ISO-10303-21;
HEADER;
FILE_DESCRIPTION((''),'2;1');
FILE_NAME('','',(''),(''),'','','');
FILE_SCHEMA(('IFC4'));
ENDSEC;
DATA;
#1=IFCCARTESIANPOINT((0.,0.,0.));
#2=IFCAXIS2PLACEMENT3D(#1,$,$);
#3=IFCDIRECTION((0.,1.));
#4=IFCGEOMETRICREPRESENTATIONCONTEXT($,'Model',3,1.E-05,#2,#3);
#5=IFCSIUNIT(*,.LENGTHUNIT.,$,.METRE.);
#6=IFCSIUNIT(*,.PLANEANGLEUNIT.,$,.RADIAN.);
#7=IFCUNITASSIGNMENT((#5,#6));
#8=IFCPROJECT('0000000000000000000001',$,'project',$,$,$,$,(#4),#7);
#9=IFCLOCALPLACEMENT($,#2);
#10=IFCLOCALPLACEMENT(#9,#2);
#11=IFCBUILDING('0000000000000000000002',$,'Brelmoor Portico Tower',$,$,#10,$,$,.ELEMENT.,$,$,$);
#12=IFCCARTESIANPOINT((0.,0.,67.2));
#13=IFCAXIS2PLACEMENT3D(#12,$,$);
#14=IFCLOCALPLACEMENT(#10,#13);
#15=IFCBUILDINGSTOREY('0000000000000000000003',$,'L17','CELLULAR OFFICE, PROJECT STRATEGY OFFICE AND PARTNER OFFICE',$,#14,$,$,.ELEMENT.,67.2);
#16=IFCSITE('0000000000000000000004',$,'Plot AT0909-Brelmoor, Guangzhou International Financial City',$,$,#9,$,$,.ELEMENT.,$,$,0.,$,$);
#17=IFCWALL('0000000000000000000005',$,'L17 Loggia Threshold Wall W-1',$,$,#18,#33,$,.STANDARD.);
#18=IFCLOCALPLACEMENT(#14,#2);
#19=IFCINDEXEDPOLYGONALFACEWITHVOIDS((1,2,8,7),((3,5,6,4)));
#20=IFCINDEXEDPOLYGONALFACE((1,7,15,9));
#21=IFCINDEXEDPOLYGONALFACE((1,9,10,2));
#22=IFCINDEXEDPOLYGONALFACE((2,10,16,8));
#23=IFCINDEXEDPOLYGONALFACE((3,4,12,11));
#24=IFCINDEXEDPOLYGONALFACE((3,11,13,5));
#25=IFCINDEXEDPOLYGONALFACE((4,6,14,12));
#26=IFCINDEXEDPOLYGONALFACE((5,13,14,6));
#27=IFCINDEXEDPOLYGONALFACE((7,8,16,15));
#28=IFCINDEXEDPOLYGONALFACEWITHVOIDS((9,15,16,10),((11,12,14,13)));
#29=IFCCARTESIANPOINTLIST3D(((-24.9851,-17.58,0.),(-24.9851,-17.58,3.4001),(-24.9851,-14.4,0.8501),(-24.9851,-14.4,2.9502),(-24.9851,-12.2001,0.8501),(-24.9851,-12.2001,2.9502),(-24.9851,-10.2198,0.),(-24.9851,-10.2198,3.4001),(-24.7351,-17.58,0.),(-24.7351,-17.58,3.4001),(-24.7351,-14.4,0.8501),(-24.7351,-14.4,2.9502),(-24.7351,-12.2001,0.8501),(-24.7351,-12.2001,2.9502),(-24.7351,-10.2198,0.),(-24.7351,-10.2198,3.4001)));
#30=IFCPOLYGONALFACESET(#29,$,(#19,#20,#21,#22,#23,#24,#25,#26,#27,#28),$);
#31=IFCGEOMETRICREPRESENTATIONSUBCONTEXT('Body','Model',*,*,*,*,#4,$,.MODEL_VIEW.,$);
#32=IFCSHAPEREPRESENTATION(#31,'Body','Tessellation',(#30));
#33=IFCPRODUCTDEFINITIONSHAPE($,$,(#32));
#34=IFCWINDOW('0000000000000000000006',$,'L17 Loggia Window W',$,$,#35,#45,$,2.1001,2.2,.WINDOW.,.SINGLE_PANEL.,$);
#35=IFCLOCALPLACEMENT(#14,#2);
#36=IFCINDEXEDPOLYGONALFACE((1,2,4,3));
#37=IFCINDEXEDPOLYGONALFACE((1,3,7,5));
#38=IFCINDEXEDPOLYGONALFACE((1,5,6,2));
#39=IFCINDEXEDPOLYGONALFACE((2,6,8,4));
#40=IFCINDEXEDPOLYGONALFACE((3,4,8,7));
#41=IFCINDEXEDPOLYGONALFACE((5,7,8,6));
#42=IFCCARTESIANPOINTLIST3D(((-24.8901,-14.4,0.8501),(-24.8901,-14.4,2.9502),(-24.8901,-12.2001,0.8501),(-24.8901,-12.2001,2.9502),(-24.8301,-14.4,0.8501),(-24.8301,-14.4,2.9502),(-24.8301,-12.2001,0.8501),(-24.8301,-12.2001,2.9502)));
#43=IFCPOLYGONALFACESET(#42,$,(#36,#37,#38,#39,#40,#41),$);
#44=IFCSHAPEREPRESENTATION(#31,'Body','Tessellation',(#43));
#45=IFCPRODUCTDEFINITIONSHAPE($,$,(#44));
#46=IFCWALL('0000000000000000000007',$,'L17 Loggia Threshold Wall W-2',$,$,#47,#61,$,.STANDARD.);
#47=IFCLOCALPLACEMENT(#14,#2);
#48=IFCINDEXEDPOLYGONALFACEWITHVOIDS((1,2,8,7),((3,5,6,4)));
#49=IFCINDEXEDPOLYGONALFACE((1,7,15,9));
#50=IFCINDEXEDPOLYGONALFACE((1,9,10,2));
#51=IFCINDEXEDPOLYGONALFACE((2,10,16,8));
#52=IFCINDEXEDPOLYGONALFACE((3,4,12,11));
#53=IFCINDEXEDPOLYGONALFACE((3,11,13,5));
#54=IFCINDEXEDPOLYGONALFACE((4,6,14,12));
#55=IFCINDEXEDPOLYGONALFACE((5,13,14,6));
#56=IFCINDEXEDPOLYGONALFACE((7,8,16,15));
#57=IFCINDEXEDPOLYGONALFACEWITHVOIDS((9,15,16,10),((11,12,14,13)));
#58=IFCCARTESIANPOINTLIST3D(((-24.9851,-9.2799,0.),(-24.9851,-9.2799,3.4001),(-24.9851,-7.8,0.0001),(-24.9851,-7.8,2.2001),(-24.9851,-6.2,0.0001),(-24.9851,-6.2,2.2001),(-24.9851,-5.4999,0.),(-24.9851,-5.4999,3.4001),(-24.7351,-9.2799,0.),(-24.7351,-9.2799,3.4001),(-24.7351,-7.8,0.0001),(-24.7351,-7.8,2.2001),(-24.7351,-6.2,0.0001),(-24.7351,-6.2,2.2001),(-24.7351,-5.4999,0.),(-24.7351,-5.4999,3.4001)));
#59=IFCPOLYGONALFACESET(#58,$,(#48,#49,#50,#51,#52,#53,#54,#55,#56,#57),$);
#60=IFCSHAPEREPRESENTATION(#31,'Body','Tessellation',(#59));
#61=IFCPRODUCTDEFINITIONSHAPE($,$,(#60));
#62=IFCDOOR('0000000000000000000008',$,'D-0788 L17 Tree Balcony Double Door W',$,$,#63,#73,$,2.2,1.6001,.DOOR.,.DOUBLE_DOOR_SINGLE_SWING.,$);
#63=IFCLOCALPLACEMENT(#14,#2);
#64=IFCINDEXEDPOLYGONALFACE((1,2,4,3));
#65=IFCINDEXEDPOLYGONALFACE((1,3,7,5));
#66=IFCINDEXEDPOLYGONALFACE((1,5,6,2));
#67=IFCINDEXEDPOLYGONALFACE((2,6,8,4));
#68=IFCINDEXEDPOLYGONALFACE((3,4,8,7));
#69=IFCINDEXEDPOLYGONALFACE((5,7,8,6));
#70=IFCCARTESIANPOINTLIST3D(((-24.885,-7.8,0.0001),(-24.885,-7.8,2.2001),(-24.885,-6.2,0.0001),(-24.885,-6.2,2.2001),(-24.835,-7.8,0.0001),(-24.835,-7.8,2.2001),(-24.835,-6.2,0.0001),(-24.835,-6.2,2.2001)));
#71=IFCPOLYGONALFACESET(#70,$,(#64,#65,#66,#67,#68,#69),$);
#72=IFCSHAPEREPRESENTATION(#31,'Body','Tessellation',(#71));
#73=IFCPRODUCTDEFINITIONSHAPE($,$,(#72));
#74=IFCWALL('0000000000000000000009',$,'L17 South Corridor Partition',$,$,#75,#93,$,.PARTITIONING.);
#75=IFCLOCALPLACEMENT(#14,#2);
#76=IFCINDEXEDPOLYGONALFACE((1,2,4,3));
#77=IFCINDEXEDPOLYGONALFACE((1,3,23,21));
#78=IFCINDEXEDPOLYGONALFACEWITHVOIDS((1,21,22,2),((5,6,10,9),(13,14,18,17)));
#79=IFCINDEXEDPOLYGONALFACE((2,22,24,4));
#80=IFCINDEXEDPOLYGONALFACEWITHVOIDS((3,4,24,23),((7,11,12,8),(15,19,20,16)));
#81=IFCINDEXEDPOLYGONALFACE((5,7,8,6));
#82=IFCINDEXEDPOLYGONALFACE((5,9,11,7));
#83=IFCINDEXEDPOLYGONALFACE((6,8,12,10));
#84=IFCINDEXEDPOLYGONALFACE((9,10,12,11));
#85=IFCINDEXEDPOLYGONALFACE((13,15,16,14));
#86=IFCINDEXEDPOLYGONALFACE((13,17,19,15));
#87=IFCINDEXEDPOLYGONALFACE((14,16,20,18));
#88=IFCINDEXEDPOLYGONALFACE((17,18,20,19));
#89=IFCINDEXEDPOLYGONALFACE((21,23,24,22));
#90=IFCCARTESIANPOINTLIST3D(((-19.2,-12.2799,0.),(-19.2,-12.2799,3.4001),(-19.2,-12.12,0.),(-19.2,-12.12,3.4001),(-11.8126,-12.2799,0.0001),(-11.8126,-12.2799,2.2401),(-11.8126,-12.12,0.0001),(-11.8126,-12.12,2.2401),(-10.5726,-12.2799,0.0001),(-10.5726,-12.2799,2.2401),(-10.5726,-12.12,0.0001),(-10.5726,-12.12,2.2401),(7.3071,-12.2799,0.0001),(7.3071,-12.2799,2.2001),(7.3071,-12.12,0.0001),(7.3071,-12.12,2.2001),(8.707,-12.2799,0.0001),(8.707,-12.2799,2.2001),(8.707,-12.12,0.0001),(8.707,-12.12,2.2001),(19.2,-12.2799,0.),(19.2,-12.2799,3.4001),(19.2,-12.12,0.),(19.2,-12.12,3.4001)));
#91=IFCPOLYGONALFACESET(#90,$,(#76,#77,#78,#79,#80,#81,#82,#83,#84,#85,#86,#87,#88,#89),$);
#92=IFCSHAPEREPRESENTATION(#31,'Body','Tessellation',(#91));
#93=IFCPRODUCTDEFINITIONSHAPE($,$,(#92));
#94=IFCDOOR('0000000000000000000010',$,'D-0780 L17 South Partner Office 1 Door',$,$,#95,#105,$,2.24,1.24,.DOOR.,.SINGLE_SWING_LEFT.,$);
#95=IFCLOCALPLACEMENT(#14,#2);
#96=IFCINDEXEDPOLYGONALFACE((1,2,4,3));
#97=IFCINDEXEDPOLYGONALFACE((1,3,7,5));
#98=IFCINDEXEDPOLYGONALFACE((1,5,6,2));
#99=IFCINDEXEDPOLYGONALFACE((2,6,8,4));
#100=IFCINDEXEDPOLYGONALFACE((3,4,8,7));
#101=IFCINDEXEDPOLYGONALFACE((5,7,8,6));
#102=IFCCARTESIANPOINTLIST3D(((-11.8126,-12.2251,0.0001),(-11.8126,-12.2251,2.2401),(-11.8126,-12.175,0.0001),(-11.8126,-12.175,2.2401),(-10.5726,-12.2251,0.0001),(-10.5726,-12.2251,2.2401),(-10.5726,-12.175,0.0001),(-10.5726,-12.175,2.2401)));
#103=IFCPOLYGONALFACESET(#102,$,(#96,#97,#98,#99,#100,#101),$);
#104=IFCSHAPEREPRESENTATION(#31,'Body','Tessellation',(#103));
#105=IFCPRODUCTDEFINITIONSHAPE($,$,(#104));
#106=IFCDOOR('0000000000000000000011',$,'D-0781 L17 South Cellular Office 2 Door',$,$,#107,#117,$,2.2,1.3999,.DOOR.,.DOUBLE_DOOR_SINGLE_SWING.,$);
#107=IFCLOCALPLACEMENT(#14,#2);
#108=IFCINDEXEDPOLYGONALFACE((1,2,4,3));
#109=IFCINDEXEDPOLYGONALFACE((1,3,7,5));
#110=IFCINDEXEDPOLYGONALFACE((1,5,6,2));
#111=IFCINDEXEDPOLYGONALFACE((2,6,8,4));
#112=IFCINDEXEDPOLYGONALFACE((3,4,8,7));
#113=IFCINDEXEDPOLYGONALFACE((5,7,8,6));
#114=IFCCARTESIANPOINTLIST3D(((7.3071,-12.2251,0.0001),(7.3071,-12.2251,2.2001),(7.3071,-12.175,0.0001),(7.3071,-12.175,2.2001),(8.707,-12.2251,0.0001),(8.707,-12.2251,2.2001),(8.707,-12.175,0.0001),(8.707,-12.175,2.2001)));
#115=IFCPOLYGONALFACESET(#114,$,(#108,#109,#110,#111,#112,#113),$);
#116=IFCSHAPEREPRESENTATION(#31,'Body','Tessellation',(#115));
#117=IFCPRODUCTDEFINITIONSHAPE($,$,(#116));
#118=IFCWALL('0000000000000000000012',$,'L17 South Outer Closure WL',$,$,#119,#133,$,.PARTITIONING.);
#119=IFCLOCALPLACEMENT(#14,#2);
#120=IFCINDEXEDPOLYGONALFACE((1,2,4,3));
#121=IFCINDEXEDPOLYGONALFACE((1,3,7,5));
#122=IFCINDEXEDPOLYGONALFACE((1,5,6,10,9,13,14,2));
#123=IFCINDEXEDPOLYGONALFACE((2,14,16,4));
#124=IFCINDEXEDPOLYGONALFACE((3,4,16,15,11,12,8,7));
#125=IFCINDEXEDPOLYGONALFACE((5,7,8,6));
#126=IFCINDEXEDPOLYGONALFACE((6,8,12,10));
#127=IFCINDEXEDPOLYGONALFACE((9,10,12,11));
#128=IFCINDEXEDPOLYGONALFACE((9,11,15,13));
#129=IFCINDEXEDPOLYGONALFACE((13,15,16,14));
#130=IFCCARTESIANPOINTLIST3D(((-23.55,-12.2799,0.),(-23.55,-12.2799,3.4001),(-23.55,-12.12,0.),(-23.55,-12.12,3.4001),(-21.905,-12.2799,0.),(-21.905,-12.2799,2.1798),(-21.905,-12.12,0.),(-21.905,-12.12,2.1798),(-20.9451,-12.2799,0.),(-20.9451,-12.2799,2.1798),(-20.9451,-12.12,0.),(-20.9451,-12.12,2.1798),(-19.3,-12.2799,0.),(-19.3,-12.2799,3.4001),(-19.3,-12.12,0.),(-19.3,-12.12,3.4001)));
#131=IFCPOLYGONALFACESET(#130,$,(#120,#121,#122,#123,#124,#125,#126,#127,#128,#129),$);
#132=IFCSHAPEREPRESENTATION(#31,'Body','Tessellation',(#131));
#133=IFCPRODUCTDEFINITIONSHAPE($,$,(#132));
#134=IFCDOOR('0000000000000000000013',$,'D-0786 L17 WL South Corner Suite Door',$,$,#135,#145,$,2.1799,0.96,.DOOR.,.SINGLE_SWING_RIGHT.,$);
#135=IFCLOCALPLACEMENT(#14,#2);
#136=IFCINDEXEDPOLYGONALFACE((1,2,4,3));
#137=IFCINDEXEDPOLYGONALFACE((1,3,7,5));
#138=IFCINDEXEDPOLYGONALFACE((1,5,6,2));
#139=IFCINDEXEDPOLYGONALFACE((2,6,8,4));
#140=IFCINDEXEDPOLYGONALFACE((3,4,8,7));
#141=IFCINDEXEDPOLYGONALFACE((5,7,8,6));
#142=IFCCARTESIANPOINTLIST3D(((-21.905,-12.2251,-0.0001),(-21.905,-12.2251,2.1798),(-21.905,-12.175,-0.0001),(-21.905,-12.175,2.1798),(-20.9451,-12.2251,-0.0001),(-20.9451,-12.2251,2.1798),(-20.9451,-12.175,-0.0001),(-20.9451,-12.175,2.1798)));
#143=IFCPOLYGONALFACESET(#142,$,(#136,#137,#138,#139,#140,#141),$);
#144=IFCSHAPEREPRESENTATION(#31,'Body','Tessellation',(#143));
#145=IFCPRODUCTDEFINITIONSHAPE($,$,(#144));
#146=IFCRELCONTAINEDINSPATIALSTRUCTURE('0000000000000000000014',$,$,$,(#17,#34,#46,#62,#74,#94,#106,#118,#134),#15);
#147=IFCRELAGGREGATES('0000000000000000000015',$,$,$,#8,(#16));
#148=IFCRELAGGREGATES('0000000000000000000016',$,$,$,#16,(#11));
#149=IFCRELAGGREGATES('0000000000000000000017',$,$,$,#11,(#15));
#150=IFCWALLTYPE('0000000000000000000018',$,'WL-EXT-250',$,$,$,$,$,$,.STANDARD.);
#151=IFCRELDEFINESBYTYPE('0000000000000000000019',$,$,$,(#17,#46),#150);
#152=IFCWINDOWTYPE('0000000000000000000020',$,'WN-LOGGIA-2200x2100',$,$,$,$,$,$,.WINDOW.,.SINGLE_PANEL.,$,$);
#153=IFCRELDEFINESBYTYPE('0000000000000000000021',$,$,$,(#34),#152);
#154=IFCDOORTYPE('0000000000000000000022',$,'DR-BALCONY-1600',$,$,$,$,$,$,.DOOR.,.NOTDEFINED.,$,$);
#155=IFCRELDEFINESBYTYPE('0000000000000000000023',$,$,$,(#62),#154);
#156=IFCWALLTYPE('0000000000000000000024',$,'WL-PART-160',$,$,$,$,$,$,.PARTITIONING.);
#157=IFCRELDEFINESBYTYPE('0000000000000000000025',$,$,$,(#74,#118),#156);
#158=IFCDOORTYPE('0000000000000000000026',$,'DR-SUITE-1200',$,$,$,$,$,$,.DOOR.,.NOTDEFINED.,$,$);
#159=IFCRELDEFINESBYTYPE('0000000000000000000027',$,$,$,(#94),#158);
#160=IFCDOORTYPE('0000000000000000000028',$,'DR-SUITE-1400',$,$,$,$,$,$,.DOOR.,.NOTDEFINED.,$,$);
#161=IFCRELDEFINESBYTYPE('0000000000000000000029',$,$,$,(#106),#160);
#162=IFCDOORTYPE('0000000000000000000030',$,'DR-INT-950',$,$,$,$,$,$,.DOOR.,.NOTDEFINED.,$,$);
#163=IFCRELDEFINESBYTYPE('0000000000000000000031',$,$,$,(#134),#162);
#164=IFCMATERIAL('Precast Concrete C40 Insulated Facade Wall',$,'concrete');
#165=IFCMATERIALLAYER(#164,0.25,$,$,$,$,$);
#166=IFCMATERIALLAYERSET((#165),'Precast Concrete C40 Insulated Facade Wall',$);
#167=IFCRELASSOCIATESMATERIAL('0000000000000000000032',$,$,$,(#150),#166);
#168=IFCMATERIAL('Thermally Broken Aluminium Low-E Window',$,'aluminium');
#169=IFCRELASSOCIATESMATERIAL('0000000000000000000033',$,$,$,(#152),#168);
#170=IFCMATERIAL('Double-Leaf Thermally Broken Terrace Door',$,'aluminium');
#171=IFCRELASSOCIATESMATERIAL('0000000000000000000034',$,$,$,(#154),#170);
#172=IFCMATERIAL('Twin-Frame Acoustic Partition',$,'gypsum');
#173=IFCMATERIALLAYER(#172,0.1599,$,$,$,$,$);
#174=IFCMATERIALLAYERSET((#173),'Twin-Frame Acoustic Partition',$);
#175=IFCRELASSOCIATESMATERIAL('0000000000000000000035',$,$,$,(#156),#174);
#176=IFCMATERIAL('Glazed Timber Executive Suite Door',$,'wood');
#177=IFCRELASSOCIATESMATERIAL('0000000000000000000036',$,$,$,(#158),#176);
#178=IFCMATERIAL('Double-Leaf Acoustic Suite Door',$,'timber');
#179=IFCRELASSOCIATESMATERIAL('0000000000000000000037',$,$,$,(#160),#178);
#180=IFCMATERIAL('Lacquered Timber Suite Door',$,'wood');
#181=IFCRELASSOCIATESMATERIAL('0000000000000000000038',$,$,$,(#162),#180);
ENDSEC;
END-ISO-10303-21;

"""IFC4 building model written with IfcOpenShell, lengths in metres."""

from ifc_helpers import new_model, si_unit, direction, frame, frame_2d, origin, place, context, subcontext, project, spatial, rectangle, extrude, material, layer, layer_set, type_object, element, fill, save


model = new_model("IFC4")

# Units and contexts
model_context = context("Model", 3, precision=1e-05, world=origin(), true_north=direction((0.0, 1.0)))
body_context = subcontext(model_context, "Body", "Model", "MODEL_VIEW")
ifc_project = project(units=[si_unit("LENGTHUNIT", "METRE"), si_unit("PLANEANGLEUNIT", "RADIAN")], contexts=[model_context])

# Site, building, storey
site_placement = place(None, origin())
site = spatial("IfcSite", under=ifc_project, at=site_placement, Name="Plot AT0909-Brelmoor, Guangzhou International Financial City", CompositionType="ELEMENT", RefElevation=0.0)
building_placement = place(site_placement, origin())
building = spatial("IfcBuilding", under=site, at=building_placement, Name="Brelmoor Portico Tower", CompositionType="ELEMENT")
storey_placement = place(building_placement, frame((0.0, 0.0, 67.2)))
storey = spatial("IfcBuildingStorey", under=building, at=storey_placement, Name="L17", Description="CELLULAR OFFICE, PROJECT STRATEGY OFFICE AND PARTNER OFFICE", CompositionType="ELEMENT", Elevation=67.2)

# Wall, opening, window
ifc_material_1 = material(Name="Precast Concrete C40 Insulated Facade Wall", Category="concrete")
ifc_layer_1 = layer(ifc_material_1, 0.25)
ifc_layer_set_1 = layer_set([ifc_layer_1], Name="Precast Concrete C40 Insulated Facade Wall")
wall_type_1 = type_object("IfcWallType", Name="WL-EXT-250", PredefinedType="STANDARD", material=ifc_layer_set_1)
wall_1_placement = place(storey_placement, frame((-24.8601, -17.5801, 0.0), z_axis=(0.0, 0.0, 1.0), x_axis=(0.0, 1.0, 0.0)))
wall_1 = element("IfcWall", 1, at=wall_1_placement, inside=storey, type_object=wall_type_1, Name="L17 Loggia Threshold Wall W-1", PredefinedType="STANDARD", context=body_context, shape_type="SweptSolid", body=[
    extrude(rectangle(XDim=7.3601, YDim=0.25, at=frame_2d((3.6802, 0.0))), origin(), (0.0, 0.0, 1.0), 3.4001),
])
opening_1_placement = place(wall_1_placement, frame((3.1799, 0.0, 0.8501)))
opening_1 = element("IfcOpeningElement", 2, at=opening_1_placement, cuts=wall_1, PredefinedType="OPENING", context=body_context, shape_type="SweptSolid", body=[
    extrude(rectangle(XDim=2.2, YDim=2.1001, at=frame_2d((1.1001, 1.05))), frame((0.0, 0.135, 0.0), z_axis=(0.0, -1.0, 0.0), x_axis=(1.0, 0.0, 0.0)), (0.0, 0.0, 1.0), 0.27),
])
ifc_material_2 = material(Name="Thermally Broken Aluminium Low-E Window", Category="aluminium")
window_type = type_object("IfcWindowType", Name="WN-LOGGIA-2200x2100", PartitioningType="SINGLE_PANEL", PredefinedType="WINDOW", material=ifc_material_2)
window_placement = place(opening_1_placement, origin())
window = element("IfcWindow", 3, at=window_placement, inside=storey, type_object=window_type, Name="L17 Loggia Window W", OverallHeight=2.1001, OverallWidth=2.2, PartitioningType="SINGLE_PANEL", PredefinedType="WINDOW", context=body_context, shape_type="SweptSolid", body=[
    extrude(rectangle(XDim=2.2, YDim=2.1001, at=frame_2d((1.1001, 1.05))), frame((0.0, 0.03, 0.0), z_axis=(0.0, -1.0, 0.0), x_axis=(1.0, 0.0, 0.0)), (0.0, 0.0, 1.0), 0.0601),
])
fill(opening_1, window)

# Wall, opening, door
wall_2_placement = place(storey_placement, frame((-24.8601, -9.28, 0.0), z_axis=(0.0, 0.0, 1.0), x_axis=(0.0, 1.0, 0.0)))
wall_2 = element("IfcWall", 4, at=wall_2_placement, inside=storey, type_object=wall_type_1, Name="L17 Loggia Threshold Wall W-2", PredefinedType="STANDARD", context=body_context, shape_type="SweptSolid", body=[
    extrude(rectangle(XDim=3.78, YDim=0.25, at=frame_2d((1.8901, 0.0))), origin(), (0.0, 0.0, 1.0), 3.4001),
])
opening_2_placement = place(wall_2_placement, frame((1.48, 0.0, 0.0)))
opening_2 = element("IfcOpeningElement", 5, at=opening_2_placement, cuts=wall_2, PredefinedType="OPENING", context=body_context, shape_type="SweptSolid", body=[
    extrude(rectangle(XDim=1.6001, YDim=2.2, at=frame_2d((0.8, 1.1001))), frame((0.0, 0.135, 0.0), z_axis=(0.0, -1.0, 0.0), x_axis=(1.0, 0.0, 0.0)), (0.0, 0.0, 1.0), 0.27),
])
ifc_material_3 = material(Name="Double-Leaf Thermally Broken Terrace Door", Category="aluminium")
door_type_1 = type_object("IfcDoorType", Name="DR-BALCONY-1600", OperationType="NOTDEFINED", PredefinedType="DOOR", material=ifc_material_3)
door_1_placement = place(opening_2_placement, origin())
door_1 = element("IfcDoor", 6, at=door_1_placement, inside=storey, type_object=door_type_1, Name="D-0788 L17 Tree Balcony Double Door W", OperationType="DOUBLE_DOOR_SINGLE_SWING", OverallHeight=2.2, OverallWidth=1.6001, PredefinedType="DOOR", context=body_context, shape_type="SweptSolid", body=[
    extrude(rectangle(XDim=1.6001, YDim=2.2, at=frame_2d((0.8, 1.1001))), frame((0.0, 0.0249, 0.0), z_axis=(0.0, -1.0, 0.0), x_axis=(1.0, 0.0, 0.0)), (0.0, 0.0, 1.0), 0.05),
])
fill(opening_2, door_1)

# Wall, openings, doors
ifc_material_4 = material(Name="Twin-Frame Acoustic Partition", Category="gypsum")
ifc_layer_2 = layer(ifc_material_4, 0.1599)
ifc_layer_set_2 = layer_set([ifc_layer_2], Name="Twin-Frame Acoustic Partition")
wall_type_2 = type_object("IfcWallType", Name="WL-PART-160", PredefinedType="PARTITIONING", material=ifc_layer_set_2)
wall_3_placement = place(storey_placement, frame((-19.2, -12.2, 0.0), z_axis=(0.0, 0.0, 1.0), x_axis=(1.0, 0.0, 0.0)))
wall_3 = element("IfcWall", 7, at=wall_3_placement, inside=storey, type_object=wall_type_2, Name="L17 South Corridor Partition", PredefinedType="PARTITIONING", context=body_context, shape_type="SweptSolid", body=[
    extrude(rectangle(XDim=38.3999, YDim=0.1599, at=frame_2d((19.2, 0.0))), origin(), (0.0, 0.0, 1.0), 3.4001),
])
opening_3_placement = place(wall_3_placement, frame((7.3872, 0.0, 0.0)))
opening_3 = element("IfcOpeningElement", 8, at=opening_3_placement, cuts=wall_3, PredefinedType="OPENING", context=body_context, shape_type="SweptSolid", body=[
    extrude(rectangle(XDim=1.24, YDim=2.24, at=frame_2d((0.6201, 1.1201))), frame((0.0, 0.0898, 0.0), z_axis=(0.0, -1.0, 0.0), x_axis=(1.0, 0.0, 0.0)), (0.0, 0.0, 1.0), 0.1799),
])
opening_4_placement = place(wall_3_placement, frame((26.5071, 0.0, 0.0)))
opening_4 = element("IfcOpeningElement", 9, at=opening_4_placement, cuts=wall_3, PredefinedType="OPENING", context=body_context, shape_type="SweptSolid", body=[
    extrude(rectangle(XDim=1.3999, YDim=2.2, at=frame_2d((0.7, 1.1001))), frame((0.0, 0.0898, 0.0), z_axis=(0.0, -1.0, 0.0), x_axis=(1.0, 0.0, 0.0)), (0.0, 0.0, 1.0), 0.1799),
])
ifc_material_5 = material(Name="Glazed Timber Executive Suite Door", Category="wood")
door_type_2 = type_object("IfcDoorType", Name="DR-SUITE-1200", OperationType="NOTDEFINED", PredefinedType="DOOR", material=ifc_material_5)
door_2_placement = place(opening_3_placement, origin())
door_2 = element("IfcDoor", 10, at=door_2_placement, inside=storey, type_object=door_type_2, Name="D-0780 L17 South Partner Office 1 Door", OperationType="SINGLE_SWING_LEFT", OverallHeight=2.24, OverallWidth=1.24, PredefinedType="DOOR", context=body_context, shape_type="SweptSolid", body=[
    extrude(rectangle(XDim=1.24, YDim=2.24, at=frame_2d((0.6201, 1.1201))), frame((0.0, 0.0249, 0.0), z_axis=(0.0, -1.0, 0.0), x_axis=(1.0, 0.0, 0.0)), (0.0, 0.0, 1.0), 0.05),
])
fill(opening_3, door_2)
ifc_material_6 = material(Name="Double-Leaf Acoustic Suite Door", Category="timber")
door_type_3 = type_object("IfcDoorType", Name="DR-SUITE-1400", OperationType="NOTDEFINED", PredefinedType="DOOR", material=ifc_material_6)
door_3_placement = place(opening_4_placement, origin())
door_3 = element("IfcDoor", 11, at=door_3_placement, inside=storey, type_object=door_type_3, Name="D-0781 L17 South Cellular Office 2 Door", OperationType="DOUBLE_DOOR_SINGLE_SWING", OverallHeight=2.2, OverallWidth=1.3999, PredefinedType="DOOR", context=body_context, shape_type="SweptSolid", body=[
    extrude(rectangle(XDim=1.3999, YDim=2.2, at=frame_2d((0.7, 1.1001))), frame((0.0, 0.0249, 0.0), z_axis=(0.0, -1.0, 0.0), x_axis=(1.0, 0.0, 0.0)), (0.0, 0.0, 1.0), 0.05),
])
fill(opening_4, door_3)

# Wall, opening, door
wall_4_placement = place(storey_placement, frame((-23.55, -12.2, 0.0), z_axis=(0.0, 0.0, 1.0), x_axis=(1.0, 0.0, 0.0)))
wall_4 = element("IfcWall", 12, at=wall_4_placement, inside=storey, type_object=wall_type_2, Name="L17 South Outer Closure WL", PredefinedType="PARTITIONING", context=body_context, shape_type="SweptSolid", body=[
    extrude(rectangle(XDim=4.25, YDim=0.1599, at=frame_2d((2.125, 0.0))), origin(), (0.0, 0.0, 1.0), 3.4001),
])
opening_5_placement = place(wall_4_placement, frame((1.645, 0.0, 0.0)))
opening_5 = element("IfcOpeningElement", 13, at=opening_5_placement, cuts=wall_4, PredefinedType="OPENING", context=body_context, shape_type="SweptSolid", body=[
    extrude(rectangle(XDim=0.96, YDim=2.1799, at=frame_2d((0.48, 1.0898))), frame((0.0, 0.0898, 0.0), z_axis=(0.0, -1.0, 0.0), x_axis=(1.0, 0.0, 0.0)), (0.0, 0.0, 1.0), 0.1799),
])
ifc_material_7 = material(Name="Lacquered Timber Suite Door", Category="wood")
door_type_4 = type_object("IfcDoorType", Name="DR-INT-950", OperationType="NOTDEFINED", PredefinedType="DOOR", material=ifc_material_7)
door_4_placement = place(opening_5_placement, origin())
door_4 = element("IfcDoor", 14, at=door_4_placement, inside=storey, type_object=door_type_4, Name="D-0786 L17 WL South Corner Suite Door", OperationType="SINGLE_SWING_RIGHT", OverallHeight=2.1799, OverallWidth=0.96, PredefinedType="DOOR", context=body_context, shape_type="SweptSolid", body=[
    extrude(rectangle(XDim=0.96, YDim=2.1799, at=frame_2d((0.48, 1.0898))), frame((0.0, 0.0249, 0.0), z_axis=(0.0, -1.0, 0.0), x_axis=(1.0, 0.0, 0.0)), (0.0, 0.0, 1.0), 0.05),
])
fill(opening_5, door_4)

save(model, "model.ifc")
